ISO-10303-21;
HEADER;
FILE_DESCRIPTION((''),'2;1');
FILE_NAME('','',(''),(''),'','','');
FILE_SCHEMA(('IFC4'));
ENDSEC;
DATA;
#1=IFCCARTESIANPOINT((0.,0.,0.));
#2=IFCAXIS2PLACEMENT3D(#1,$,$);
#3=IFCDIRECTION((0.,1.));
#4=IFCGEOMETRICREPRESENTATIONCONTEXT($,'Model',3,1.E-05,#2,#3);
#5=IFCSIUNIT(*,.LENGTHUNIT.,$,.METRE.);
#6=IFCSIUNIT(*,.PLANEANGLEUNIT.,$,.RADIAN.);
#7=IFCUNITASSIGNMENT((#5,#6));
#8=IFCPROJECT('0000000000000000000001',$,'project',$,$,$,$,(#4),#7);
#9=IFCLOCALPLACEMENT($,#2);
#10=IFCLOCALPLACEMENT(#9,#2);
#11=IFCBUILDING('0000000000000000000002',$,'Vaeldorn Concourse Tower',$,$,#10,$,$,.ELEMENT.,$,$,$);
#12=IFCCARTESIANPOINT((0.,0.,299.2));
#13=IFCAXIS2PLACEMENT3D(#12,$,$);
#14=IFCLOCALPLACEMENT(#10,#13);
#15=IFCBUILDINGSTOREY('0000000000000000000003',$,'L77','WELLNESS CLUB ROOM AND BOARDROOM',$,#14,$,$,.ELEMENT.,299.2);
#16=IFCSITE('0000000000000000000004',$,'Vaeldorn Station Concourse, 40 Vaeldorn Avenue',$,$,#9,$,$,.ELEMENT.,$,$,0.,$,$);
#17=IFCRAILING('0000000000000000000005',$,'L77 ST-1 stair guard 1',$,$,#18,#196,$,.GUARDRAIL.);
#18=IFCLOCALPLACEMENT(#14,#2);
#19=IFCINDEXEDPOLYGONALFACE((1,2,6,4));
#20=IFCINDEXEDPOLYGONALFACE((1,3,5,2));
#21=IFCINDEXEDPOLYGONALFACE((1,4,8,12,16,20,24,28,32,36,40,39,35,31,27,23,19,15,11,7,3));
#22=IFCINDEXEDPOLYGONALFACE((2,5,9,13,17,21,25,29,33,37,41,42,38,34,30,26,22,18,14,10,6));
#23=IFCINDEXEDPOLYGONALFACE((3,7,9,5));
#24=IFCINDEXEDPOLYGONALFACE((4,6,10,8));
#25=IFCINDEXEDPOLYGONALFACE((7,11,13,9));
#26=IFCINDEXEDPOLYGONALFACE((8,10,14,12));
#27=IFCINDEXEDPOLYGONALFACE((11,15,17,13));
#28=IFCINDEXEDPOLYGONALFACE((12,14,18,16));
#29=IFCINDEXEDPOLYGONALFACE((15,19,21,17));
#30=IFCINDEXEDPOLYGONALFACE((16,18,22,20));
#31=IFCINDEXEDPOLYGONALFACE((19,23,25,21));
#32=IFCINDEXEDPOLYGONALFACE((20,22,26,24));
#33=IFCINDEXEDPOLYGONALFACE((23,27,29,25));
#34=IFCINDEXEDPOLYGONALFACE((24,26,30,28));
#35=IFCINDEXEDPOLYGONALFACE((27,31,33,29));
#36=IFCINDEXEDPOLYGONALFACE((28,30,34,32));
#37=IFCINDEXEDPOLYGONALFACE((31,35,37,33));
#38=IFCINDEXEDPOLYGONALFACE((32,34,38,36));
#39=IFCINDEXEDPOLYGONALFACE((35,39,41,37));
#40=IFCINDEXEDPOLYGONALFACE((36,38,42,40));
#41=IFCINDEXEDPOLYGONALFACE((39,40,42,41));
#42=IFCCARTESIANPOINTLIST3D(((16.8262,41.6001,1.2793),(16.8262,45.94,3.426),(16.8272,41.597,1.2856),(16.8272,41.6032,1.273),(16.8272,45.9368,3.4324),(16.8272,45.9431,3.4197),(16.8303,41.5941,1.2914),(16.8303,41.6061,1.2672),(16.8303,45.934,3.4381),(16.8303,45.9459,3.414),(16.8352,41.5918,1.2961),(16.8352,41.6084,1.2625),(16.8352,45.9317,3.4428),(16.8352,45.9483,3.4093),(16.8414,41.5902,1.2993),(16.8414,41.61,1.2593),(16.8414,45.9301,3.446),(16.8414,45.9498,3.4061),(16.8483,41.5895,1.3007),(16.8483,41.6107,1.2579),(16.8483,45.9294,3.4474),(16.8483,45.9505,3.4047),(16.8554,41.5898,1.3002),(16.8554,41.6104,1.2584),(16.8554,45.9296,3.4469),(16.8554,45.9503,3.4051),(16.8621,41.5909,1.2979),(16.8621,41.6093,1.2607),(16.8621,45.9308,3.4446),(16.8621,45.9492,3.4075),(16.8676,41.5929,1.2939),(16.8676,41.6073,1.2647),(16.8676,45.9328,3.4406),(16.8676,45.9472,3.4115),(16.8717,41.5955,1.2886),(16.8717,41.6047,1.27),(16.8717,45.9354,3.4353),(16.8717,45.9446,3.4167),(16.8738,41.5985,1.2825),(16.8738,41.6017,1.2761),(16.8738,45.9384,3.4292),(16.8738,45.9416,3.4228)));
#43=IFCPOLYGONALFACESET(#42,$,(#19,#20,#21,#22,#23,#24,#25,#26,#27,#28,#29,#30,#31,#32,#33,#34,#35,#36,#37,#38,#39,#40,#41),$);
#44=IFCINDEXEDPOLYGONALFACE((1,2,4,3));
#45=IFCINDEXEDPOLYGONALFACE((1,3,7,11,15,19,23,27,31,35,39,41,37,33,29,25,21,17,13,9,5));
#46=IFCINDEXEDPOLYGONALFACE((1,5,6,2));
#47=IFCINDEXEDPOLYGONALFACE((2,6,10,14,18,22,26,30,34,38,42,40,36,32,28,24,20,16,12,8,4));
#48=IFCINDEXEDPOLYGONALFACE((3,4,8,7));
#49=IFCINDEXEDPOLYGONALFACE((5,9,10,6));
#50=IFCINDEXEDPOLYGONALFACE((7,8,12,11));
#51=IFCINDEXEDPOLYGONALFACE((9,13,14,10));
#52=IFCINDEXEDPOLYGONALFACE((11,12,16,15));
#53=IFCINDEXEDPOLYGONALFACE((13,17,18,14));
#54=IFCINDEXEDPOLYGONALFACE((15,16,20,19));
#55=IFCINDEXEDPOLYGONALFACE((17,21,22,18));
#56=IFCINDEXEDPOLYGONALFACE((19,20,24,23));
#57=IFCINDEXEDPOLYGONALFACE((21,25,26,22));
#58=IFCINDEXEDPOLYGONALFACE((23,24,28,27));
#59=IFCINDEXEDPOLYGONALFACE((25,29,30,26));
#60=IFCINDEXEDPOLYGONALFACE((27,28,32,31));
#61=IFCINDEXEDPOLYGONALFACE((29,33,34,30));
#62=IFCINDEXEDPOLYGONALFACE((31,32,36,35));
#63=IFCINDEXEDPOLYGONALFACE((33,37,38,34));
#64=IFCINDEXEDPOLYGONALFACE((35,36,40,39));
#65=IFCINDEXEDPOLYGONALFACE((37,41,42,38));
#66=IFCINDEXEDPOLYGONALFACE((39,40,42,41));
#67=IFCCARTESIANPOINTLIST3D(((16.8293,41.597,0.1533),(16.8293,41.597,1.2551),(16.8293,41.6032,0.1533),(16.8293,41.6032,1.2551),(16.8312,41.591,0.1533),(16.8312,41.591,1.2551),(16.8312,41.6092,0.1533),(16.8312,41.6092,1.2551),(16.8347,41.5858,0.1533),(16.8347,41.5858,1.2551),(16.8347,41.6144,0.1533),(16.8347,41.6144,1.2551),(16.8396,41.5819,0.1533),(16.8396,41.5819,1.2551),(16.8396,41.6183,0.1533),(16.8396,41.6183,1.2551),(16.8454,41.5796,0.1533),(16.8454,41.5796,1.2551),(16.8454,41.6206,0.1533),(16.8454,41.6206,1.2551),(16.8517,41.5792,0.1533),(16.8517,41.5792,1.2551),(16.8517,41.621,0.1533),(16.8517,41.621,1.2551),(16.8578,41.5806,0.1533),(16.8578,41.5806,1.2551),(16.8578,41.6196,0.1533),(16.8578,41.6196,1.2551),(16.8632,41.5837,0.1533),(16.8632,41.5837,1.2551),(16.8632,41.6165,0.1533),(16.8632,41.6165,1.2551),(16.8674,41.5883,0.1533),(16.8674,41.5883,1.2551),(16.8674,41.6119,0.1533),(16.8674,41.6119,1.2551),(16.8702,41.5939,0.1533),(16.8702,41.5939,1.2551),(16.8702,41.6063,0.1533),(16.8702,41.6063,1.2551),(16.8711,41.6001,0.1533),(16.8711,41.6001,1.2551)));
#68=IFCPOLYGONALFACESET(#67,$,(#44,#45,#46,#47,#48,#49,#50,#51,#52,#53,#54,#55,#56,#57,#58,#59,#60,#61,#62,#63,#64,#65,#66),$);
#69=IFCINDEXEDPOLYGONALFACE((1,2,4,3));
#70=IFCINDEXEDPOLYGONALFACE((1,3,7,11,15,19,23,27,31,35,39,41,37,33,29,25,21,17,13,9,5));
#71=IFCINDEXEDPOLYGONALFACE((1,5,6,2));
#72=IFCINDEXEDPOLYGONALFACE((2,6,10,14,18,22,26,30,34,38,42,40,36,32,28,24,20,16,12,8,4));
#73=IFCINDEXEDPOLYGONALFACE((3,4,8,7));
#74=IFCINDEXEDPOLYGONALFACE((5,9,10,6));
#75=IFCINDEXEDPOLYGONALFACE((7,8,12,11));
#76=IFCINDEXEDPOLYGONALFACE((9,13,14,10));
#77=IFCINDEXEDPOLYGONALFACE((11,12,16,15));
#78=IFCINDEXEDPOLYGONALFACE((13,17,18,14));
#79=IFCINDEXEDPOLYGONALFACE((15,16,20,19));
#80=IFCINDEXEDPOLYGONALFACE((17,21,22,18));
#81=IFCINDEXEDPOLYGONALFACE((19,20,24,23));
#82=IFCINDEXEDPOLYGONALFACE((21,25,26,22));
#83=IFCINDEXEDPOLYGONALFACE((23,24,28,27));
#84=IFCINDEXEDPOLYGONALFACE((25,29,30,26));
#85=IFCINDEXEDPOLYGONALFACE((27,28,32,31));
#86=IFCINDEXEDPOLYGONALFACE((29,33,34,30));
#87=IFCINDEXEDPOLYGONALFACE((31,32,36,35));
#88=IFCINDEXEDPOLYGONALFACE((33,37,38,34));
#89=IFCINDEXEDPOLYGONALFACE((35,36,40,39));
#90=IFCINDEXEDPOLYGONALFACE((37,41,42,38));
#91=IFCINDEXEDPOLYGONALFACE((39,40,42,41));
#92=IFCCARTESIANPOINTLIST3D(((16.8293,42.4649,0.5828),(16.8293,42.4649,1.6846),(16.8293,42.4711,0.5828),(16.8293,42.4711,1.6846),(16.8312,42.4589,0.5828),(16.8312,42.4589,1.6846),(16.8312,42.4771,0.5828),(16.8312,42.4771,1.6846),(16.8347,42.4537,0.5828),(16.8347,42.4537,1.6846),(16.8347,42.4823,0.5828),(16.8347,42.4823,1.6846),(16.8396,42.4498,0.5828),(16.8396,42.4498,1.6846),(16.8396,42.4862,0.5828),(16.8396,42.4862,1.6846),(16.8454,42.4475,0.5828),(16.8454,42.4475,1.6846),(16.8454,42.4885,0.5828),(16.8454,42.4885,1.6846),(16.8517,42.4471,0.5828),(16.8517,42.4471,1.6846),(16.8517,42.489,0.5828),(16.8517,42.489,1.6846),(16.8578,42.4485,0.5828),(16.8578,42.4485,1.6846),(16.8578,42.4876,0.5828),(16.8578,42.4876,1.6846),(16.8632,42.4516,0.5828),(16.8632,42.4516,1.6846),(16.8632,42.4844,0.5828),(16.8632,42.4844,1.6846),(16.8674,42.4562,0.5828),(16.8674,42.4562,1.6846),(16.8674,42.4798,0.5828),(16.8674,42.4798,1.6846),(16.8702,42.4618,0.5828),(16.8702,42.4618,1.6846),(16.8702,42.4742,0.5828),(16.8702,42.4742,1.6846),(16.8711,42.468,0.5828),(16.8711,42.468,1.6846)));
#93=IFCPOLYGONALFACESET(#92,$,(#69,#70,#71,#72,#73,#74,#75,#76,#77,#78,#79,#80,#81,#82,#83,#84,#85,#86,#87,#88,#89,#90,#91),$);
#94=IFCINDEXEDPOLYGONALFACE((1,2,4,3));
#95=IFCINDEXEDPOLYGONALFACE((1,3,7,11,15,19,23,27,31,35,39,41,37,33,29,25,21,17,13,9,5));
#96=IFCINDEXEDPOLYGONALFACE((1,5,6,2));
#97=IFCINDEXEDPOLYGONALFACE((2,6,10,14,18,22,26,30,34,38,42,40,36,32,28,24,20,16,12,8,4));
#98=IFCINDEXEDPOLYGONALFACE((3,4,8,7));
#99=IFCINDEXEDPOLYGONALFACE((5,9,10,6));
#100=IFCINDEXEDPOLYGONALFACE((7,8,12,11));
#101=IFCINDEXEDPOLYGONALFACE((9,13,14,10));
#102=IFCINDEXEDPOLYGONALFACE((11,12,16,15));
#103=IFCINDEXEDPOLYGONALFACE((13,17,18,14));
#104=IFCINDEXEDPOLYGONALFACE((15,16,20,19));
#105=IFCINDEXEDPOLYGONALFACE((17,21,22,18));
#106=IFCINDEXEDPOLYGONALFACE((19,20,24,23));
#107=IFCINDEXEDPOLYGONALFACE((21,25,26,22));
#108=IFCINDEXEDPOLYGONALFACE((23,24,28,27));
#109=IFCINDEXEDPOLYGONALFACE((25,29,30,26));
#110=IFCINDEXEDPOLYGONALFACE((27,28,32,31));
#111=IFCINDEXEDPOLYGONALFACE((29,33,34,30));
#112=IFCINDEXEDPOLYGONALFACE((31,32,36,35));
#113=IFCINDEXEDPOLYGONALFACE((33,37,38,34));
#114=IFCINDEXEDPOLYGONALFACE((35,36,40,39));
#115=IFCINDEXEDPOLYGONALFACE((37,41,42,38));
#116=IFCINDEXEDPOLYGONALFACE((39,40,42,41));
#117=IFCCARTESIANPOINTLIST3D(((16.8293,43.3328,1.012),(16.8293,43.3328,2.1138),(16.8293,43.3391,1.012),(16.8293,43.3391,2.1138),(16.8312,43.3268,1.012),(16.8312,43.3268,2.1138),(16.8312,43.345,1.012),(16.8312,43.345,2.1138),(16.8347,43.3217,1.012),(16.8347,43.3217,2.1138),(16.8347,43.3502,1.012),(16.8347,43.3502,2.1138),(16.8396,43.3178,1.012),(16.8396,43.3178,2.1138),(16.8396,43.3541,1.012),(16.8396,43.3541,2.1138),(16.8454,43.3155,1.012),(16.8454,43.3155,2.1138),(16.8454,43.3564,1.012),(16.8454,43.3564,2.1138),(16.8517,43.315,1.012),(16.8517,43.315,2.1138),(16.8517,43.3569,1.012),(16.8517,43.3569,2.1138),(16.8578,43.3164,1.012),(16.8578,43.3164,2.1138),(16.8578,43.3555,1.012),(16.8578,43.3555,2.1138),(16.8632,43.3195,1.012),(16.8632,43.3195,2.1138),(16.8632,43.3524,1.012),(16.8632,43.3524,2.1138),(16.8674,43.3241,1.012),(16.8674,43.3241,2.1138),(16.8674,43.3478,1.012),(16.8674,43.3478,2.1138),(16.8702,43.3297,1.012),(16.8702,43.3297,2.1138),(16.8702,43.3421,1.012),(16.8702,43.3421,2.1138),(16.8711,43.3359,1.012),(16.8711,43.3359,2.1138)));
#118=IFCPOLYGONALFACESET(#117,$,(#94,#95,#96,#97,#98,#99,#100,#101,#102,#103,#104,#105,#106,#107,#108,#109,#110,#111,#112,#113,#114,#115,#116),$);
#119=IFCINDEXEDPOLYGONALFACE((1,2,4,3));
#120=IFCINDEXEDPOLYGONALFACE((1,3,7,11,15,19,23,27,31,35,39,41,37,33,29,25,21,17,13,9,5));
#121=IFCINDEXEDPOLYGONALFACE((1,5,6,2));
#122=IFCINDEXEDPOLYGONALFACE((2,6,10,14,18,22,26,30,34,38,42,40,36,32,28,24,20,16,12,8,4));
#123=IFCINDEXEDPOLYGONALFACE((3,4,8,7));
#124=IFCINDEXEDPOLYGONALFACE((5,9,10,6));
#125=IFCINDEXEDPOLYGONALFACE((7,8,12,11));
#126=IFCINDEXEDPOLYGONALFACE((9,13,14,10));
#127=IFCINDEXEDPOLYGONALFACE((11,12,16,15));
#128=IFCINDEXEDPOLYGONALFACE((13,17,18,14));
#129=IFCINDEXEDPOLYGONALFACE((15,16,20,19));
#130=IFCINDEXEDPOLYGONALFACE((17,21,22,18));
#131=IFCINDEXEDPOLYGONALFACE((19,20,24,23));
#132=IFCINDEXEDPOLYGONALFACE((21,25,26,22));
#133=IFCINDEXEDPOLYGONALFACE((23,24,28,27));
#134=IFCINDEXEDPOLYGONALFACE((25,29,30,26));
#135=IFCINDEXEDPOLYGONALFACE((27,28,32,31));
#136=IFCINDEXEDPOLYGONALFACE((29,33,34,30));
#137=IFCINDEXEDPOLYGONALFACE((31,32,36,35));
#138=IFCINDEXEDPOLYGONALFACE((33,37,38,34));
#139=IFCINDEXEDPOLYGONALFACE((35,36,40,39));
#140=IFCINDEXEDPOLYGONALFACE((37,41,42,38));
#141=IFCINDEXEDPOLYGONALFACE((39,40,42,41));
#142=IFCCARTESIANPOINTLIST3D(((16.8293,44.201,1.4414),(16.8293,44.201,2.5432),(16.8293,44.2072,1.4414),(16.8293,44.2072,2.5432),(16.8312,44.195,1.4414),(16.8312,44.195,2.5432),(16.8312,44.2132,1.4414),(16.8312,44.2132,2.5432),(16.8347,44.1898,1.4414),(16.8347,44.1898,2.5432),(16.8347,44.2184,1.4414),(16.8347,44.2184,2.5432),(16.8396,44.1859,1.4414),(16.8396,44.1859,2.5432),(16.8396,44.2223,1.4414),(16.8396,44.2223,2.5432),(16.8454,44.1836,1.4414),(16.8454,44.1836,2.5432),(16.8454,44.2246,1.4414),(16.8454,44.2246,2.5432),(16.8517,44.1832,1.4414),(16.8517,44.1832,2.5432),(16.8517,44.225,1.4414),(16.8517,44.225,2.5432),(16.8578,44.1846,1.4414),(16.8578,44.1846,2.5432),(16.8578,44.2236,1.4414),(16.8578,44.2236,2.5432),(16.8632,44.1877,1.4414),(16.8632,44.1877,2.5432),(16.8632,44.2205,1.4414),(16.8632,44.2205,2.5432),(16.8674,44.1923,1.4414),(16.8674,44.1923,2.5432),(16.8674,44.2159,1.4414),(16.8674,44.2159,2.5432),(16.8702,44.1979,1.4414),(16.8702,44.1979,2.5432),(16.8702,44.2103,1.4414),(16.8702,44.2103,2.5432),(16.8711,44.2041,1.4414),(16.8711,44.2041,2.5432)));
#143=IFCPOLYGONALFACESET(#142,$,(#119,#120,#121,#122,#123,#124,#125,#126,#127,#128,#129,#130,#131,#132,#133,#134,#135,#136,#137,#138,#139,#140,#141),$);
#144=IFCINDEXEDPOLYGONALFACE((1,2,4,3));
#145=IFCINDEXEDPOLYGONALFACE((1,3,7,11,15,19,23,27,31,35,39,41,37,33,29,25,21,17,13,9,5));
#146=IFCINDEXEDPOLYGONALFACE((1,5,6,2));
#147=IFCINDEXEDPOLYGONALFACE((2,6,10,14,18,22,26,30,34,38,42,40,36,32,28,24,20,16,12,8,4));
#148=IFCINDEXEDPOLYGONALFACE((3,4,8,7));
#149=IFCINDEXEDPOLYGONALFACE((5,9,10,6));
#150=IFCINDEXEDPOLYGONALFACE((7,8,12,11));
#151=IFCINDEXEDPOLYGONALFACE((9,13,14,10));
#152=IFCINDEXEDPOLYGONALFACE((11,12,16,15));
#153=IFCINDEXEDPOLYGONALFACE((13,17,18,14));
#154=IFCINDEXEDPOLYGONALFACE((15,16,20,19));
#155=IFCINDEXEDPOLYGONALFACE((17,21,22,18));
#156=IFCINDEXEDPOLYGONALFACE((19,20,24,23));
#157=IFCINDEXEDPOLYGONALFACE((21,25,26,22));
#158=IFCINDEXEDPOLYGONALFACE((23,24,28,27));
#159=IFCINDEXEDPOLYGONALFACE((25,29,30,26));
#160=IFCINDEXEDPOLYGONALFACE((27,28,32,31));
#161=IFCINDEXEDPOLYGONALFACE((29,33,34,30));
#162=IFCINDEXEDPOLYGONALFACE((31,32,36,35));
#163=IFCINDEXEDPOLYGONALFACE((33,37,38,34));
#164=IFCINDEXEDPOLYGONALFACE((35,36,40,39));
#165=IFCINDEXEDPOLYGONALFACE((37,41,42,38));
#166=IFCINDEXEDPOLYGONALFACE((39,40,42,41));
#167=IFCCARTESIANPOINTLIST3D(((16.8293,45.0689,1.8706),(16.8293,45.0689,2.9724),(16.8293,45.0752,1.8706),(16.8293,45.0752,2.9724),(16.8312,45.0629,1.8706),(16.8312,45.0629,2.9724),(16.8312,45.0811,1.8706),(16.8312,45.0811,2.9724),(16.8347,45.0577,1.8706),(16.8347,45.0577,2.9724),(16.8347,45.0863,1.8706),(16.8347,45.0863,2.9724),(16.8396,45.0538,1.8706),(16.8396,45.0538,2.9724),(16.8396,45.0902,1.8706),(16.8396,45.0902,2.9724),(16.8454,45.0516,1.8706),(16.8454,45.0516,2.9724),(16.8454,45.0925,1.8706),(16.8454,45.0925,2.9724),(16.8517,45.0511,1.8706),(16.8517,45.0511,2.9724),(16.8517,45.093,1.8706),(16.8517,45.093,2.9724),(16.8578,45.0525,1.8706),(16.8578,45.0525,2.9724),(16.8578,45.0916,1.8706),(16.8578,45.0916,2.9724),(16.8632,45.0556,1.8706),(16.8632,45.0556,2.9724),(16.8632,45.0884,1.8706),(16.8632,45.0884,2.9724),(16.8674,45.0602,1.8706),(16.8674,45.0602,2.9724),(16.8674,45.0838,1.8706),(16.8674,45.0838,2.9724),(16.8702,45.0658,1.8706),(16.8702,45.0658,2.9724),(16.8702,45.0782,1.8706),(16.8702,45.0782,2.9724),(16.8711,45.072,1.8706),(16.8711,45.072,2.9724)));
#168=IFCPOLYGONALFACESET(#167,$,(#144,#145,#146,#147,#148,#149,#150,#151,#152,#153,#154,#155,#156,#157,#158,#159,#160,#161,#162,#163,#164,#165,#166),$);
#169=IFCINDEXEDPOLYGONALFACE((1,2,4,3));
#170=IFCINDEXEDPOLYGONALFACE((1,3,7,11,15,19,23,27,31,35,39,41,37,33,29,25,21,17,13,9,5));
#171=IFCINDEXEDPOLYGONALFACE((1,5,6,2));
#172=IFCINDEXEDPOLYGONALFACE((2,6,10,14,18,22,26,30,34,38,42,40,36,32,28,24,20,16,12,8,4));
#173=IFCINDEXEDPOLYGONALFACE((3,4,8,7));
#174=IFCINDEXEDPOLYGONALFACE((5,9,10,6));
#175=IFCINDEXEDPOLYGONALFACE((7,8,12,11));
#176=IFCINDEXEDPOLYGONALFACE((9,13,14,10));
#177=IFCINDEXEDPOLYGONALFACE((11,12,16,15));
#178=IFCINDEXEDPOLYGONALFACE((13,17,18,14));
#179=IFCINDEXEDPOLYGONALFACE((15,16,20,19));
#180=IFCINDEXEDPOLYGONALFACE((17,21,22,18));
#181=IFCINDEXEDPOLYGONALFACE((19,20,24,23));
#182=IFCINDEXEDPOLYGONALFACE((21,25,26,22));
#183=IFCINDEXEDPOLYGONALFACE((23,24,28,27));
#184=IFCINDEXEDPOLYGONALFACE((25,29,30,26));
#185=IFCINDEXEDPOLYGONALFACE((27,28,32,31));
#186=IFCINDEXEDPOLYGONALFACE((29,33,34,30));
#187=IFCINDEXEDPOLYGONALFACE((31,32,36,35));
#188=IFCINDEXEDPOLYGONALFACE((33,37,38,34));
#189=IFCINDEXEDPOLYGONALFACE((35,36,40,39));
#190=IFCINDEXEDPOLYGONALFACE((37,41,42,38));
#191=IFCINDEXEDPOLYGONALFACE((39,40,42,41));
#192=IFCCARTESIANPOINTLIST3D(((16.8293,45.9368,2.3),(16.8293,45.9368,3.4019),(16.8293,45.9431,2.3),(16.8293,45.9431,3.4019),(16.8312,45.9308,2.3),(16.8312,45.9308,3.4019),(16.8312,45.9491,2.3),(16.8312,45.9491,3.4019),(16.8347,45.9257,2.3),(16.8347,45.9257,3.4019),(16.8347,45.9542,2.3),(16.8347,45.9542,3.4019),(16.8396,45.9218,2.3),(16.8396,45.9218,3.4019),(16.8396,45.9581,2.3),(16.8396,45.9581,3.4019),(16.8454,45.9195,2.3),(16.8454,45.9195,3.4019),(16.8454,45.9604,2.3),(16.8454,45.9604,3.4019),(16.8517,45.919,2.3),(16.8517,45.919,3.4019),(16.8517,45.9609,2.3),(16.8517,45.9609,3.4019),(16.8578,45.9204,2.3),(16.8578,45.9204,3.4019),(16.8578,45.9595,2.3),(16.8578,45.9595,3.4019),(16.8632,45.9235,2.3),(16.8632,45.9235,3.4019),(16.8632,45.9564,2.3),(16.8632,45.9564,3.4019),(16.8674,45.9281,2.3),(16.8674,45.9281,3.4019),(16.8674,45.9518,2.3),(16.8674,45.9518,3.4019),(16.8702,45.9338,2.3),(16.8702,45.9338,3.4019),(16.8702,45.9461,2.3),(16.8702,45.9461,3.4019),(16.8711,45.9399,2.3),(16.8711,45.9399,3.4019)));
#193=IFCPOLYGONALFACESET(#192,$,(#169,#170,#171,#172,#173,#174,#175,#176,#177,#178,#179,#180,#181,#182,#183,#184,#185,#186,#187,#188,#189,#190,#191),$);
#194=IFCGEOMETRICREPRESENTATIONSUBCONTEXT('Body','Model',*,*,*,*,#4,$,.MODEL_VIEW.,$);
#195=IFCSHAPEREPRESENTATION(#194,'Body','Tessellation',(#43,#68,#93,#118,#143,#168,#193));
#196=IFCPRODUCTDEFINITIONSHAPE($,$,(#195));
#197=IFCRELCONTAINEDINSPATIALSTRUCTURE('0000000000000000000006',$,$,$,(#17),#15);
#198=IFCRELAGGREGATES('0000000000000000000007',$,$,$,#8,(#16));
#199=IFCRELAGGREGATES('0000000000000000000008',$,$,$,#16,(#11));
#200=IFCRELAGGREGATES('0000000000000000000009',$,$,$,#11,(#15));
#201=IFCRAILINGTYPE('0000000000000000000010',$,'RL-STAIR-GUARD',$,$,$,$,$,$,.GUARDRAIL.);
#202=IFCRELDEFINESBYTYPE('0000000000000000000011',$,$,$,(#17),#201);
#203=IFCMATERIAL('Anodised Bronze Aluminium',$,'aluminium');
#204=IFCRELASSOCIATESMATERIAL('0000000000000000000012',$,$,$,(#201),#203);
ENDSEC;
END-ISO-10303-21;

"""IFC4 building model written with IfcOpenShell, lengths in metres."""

from ifc_helpers import new_model, si_unit, direction, frame, origin, origin_2d, place, context, subcontext, project, spatial, circle, extrude, material, type_object, element, save


model = new_model("IFC4")

# Units and contexts
model_context = context("Model", 3, precision=1e-05, world=origin(), true_north=direction((0.0, 1.0)))
body_context = subcontext(model_context, "Body", "Model", "MODEL_VIEW")
ifc_project = project(units=[si_unit("LENGTHUNIT", "METRE"), si_unit("PLANEANGLEUNIT", "RADIAN")], contexts=[model_context])

# Site, building, storey
site_placement = place(None, origin())
site = spatial("IfcSite", under=ifc_project, at=site_placement, Name="Vaeldorn Station Concourse, 40 Vaeldorn Avenue", CompositionType="ELEMENT", RefElevation=0.0)
building_placement = place(site_placement, origin())
building = spatial("IfcBuilding", under=site, at=building_placement, Name="Vaeldorn Concourse Tower", CompositionType="ELEMENT")
storey_placement = place(building_placement, frame((0.0, 0.0, 299.2)))
storey = spatial("IfcBuildingStorey", under=building, at=storey_placement, Name="L77", Description="WELLNESS CLUB ROOM AND BOARDROOM", CompositionType="ELEMENT", Elevation=299.2)

# Shared definitions
ifc_material_1 = material(Name="Anodised Bronze Aluminium", Category="aluminium")

# Railing
railing_type_1 = type_object("IfcRailingType", Name="RL-STAIR-GUARD", PredefinedType="GUARDRAIL", material=ifc_material_1)
railing_1_placement = place(storey_placement, frame((16.8501, 41.6001, 0.1533)))
element("IfcRailing", 1, at=railing_1_placement, inside=storey, type_object=railing_type_1, Name="L77 ST-1 stair guard 1", PredefinedType="GUARDRAIL", context=body_context, shape_type="SweptSolid", body=[
    extrude(circle(Radius=0.0239, at=origin_2d()), frame((0.0, 0.0, 1.126), z_axis=(0.0, 0.896335, 0.443377), x_axis=(-1.0, 0.0, 0.0)), (0.0, 0.0, 1.0), 4.8418),
    extrude(circle(Radius=0.021, at=origin_2d()), origin(), (0.0, 0.0, 1.0), 1.1018),
    extrude(circle(Radius=0.021, at=origin_2d()), frame((0.0, 0.8679, 0.4294)), (0.0, 0.0, 1.0), 1.1018),
    extrude(circle(Radius=0.021, at=origin_2d()), frame((0.0, 1.7358, 0.8586)), (0.0, 0.0, 1.0), 1.1018),
    extrude(circle(Radius=0.021, at=origin_2d()), frame((0.0, 2.604, 1.2881)), (0.0, 0.0, 1.0), 1.1018),
    extrude(circle(Radius=0.021, at=origin_2d()), frame((0.0, 3.4719, 1.7173)), (0.0, 0.0, 1.0), 1.1018),
    extrude(circle(Radius=0.021, at=origin_2d()), frame((0.0, 4.3398, 2.1467)), (0.0, 0.0, 1.0), 1.1018),
])

save(model, "model.ifc")
